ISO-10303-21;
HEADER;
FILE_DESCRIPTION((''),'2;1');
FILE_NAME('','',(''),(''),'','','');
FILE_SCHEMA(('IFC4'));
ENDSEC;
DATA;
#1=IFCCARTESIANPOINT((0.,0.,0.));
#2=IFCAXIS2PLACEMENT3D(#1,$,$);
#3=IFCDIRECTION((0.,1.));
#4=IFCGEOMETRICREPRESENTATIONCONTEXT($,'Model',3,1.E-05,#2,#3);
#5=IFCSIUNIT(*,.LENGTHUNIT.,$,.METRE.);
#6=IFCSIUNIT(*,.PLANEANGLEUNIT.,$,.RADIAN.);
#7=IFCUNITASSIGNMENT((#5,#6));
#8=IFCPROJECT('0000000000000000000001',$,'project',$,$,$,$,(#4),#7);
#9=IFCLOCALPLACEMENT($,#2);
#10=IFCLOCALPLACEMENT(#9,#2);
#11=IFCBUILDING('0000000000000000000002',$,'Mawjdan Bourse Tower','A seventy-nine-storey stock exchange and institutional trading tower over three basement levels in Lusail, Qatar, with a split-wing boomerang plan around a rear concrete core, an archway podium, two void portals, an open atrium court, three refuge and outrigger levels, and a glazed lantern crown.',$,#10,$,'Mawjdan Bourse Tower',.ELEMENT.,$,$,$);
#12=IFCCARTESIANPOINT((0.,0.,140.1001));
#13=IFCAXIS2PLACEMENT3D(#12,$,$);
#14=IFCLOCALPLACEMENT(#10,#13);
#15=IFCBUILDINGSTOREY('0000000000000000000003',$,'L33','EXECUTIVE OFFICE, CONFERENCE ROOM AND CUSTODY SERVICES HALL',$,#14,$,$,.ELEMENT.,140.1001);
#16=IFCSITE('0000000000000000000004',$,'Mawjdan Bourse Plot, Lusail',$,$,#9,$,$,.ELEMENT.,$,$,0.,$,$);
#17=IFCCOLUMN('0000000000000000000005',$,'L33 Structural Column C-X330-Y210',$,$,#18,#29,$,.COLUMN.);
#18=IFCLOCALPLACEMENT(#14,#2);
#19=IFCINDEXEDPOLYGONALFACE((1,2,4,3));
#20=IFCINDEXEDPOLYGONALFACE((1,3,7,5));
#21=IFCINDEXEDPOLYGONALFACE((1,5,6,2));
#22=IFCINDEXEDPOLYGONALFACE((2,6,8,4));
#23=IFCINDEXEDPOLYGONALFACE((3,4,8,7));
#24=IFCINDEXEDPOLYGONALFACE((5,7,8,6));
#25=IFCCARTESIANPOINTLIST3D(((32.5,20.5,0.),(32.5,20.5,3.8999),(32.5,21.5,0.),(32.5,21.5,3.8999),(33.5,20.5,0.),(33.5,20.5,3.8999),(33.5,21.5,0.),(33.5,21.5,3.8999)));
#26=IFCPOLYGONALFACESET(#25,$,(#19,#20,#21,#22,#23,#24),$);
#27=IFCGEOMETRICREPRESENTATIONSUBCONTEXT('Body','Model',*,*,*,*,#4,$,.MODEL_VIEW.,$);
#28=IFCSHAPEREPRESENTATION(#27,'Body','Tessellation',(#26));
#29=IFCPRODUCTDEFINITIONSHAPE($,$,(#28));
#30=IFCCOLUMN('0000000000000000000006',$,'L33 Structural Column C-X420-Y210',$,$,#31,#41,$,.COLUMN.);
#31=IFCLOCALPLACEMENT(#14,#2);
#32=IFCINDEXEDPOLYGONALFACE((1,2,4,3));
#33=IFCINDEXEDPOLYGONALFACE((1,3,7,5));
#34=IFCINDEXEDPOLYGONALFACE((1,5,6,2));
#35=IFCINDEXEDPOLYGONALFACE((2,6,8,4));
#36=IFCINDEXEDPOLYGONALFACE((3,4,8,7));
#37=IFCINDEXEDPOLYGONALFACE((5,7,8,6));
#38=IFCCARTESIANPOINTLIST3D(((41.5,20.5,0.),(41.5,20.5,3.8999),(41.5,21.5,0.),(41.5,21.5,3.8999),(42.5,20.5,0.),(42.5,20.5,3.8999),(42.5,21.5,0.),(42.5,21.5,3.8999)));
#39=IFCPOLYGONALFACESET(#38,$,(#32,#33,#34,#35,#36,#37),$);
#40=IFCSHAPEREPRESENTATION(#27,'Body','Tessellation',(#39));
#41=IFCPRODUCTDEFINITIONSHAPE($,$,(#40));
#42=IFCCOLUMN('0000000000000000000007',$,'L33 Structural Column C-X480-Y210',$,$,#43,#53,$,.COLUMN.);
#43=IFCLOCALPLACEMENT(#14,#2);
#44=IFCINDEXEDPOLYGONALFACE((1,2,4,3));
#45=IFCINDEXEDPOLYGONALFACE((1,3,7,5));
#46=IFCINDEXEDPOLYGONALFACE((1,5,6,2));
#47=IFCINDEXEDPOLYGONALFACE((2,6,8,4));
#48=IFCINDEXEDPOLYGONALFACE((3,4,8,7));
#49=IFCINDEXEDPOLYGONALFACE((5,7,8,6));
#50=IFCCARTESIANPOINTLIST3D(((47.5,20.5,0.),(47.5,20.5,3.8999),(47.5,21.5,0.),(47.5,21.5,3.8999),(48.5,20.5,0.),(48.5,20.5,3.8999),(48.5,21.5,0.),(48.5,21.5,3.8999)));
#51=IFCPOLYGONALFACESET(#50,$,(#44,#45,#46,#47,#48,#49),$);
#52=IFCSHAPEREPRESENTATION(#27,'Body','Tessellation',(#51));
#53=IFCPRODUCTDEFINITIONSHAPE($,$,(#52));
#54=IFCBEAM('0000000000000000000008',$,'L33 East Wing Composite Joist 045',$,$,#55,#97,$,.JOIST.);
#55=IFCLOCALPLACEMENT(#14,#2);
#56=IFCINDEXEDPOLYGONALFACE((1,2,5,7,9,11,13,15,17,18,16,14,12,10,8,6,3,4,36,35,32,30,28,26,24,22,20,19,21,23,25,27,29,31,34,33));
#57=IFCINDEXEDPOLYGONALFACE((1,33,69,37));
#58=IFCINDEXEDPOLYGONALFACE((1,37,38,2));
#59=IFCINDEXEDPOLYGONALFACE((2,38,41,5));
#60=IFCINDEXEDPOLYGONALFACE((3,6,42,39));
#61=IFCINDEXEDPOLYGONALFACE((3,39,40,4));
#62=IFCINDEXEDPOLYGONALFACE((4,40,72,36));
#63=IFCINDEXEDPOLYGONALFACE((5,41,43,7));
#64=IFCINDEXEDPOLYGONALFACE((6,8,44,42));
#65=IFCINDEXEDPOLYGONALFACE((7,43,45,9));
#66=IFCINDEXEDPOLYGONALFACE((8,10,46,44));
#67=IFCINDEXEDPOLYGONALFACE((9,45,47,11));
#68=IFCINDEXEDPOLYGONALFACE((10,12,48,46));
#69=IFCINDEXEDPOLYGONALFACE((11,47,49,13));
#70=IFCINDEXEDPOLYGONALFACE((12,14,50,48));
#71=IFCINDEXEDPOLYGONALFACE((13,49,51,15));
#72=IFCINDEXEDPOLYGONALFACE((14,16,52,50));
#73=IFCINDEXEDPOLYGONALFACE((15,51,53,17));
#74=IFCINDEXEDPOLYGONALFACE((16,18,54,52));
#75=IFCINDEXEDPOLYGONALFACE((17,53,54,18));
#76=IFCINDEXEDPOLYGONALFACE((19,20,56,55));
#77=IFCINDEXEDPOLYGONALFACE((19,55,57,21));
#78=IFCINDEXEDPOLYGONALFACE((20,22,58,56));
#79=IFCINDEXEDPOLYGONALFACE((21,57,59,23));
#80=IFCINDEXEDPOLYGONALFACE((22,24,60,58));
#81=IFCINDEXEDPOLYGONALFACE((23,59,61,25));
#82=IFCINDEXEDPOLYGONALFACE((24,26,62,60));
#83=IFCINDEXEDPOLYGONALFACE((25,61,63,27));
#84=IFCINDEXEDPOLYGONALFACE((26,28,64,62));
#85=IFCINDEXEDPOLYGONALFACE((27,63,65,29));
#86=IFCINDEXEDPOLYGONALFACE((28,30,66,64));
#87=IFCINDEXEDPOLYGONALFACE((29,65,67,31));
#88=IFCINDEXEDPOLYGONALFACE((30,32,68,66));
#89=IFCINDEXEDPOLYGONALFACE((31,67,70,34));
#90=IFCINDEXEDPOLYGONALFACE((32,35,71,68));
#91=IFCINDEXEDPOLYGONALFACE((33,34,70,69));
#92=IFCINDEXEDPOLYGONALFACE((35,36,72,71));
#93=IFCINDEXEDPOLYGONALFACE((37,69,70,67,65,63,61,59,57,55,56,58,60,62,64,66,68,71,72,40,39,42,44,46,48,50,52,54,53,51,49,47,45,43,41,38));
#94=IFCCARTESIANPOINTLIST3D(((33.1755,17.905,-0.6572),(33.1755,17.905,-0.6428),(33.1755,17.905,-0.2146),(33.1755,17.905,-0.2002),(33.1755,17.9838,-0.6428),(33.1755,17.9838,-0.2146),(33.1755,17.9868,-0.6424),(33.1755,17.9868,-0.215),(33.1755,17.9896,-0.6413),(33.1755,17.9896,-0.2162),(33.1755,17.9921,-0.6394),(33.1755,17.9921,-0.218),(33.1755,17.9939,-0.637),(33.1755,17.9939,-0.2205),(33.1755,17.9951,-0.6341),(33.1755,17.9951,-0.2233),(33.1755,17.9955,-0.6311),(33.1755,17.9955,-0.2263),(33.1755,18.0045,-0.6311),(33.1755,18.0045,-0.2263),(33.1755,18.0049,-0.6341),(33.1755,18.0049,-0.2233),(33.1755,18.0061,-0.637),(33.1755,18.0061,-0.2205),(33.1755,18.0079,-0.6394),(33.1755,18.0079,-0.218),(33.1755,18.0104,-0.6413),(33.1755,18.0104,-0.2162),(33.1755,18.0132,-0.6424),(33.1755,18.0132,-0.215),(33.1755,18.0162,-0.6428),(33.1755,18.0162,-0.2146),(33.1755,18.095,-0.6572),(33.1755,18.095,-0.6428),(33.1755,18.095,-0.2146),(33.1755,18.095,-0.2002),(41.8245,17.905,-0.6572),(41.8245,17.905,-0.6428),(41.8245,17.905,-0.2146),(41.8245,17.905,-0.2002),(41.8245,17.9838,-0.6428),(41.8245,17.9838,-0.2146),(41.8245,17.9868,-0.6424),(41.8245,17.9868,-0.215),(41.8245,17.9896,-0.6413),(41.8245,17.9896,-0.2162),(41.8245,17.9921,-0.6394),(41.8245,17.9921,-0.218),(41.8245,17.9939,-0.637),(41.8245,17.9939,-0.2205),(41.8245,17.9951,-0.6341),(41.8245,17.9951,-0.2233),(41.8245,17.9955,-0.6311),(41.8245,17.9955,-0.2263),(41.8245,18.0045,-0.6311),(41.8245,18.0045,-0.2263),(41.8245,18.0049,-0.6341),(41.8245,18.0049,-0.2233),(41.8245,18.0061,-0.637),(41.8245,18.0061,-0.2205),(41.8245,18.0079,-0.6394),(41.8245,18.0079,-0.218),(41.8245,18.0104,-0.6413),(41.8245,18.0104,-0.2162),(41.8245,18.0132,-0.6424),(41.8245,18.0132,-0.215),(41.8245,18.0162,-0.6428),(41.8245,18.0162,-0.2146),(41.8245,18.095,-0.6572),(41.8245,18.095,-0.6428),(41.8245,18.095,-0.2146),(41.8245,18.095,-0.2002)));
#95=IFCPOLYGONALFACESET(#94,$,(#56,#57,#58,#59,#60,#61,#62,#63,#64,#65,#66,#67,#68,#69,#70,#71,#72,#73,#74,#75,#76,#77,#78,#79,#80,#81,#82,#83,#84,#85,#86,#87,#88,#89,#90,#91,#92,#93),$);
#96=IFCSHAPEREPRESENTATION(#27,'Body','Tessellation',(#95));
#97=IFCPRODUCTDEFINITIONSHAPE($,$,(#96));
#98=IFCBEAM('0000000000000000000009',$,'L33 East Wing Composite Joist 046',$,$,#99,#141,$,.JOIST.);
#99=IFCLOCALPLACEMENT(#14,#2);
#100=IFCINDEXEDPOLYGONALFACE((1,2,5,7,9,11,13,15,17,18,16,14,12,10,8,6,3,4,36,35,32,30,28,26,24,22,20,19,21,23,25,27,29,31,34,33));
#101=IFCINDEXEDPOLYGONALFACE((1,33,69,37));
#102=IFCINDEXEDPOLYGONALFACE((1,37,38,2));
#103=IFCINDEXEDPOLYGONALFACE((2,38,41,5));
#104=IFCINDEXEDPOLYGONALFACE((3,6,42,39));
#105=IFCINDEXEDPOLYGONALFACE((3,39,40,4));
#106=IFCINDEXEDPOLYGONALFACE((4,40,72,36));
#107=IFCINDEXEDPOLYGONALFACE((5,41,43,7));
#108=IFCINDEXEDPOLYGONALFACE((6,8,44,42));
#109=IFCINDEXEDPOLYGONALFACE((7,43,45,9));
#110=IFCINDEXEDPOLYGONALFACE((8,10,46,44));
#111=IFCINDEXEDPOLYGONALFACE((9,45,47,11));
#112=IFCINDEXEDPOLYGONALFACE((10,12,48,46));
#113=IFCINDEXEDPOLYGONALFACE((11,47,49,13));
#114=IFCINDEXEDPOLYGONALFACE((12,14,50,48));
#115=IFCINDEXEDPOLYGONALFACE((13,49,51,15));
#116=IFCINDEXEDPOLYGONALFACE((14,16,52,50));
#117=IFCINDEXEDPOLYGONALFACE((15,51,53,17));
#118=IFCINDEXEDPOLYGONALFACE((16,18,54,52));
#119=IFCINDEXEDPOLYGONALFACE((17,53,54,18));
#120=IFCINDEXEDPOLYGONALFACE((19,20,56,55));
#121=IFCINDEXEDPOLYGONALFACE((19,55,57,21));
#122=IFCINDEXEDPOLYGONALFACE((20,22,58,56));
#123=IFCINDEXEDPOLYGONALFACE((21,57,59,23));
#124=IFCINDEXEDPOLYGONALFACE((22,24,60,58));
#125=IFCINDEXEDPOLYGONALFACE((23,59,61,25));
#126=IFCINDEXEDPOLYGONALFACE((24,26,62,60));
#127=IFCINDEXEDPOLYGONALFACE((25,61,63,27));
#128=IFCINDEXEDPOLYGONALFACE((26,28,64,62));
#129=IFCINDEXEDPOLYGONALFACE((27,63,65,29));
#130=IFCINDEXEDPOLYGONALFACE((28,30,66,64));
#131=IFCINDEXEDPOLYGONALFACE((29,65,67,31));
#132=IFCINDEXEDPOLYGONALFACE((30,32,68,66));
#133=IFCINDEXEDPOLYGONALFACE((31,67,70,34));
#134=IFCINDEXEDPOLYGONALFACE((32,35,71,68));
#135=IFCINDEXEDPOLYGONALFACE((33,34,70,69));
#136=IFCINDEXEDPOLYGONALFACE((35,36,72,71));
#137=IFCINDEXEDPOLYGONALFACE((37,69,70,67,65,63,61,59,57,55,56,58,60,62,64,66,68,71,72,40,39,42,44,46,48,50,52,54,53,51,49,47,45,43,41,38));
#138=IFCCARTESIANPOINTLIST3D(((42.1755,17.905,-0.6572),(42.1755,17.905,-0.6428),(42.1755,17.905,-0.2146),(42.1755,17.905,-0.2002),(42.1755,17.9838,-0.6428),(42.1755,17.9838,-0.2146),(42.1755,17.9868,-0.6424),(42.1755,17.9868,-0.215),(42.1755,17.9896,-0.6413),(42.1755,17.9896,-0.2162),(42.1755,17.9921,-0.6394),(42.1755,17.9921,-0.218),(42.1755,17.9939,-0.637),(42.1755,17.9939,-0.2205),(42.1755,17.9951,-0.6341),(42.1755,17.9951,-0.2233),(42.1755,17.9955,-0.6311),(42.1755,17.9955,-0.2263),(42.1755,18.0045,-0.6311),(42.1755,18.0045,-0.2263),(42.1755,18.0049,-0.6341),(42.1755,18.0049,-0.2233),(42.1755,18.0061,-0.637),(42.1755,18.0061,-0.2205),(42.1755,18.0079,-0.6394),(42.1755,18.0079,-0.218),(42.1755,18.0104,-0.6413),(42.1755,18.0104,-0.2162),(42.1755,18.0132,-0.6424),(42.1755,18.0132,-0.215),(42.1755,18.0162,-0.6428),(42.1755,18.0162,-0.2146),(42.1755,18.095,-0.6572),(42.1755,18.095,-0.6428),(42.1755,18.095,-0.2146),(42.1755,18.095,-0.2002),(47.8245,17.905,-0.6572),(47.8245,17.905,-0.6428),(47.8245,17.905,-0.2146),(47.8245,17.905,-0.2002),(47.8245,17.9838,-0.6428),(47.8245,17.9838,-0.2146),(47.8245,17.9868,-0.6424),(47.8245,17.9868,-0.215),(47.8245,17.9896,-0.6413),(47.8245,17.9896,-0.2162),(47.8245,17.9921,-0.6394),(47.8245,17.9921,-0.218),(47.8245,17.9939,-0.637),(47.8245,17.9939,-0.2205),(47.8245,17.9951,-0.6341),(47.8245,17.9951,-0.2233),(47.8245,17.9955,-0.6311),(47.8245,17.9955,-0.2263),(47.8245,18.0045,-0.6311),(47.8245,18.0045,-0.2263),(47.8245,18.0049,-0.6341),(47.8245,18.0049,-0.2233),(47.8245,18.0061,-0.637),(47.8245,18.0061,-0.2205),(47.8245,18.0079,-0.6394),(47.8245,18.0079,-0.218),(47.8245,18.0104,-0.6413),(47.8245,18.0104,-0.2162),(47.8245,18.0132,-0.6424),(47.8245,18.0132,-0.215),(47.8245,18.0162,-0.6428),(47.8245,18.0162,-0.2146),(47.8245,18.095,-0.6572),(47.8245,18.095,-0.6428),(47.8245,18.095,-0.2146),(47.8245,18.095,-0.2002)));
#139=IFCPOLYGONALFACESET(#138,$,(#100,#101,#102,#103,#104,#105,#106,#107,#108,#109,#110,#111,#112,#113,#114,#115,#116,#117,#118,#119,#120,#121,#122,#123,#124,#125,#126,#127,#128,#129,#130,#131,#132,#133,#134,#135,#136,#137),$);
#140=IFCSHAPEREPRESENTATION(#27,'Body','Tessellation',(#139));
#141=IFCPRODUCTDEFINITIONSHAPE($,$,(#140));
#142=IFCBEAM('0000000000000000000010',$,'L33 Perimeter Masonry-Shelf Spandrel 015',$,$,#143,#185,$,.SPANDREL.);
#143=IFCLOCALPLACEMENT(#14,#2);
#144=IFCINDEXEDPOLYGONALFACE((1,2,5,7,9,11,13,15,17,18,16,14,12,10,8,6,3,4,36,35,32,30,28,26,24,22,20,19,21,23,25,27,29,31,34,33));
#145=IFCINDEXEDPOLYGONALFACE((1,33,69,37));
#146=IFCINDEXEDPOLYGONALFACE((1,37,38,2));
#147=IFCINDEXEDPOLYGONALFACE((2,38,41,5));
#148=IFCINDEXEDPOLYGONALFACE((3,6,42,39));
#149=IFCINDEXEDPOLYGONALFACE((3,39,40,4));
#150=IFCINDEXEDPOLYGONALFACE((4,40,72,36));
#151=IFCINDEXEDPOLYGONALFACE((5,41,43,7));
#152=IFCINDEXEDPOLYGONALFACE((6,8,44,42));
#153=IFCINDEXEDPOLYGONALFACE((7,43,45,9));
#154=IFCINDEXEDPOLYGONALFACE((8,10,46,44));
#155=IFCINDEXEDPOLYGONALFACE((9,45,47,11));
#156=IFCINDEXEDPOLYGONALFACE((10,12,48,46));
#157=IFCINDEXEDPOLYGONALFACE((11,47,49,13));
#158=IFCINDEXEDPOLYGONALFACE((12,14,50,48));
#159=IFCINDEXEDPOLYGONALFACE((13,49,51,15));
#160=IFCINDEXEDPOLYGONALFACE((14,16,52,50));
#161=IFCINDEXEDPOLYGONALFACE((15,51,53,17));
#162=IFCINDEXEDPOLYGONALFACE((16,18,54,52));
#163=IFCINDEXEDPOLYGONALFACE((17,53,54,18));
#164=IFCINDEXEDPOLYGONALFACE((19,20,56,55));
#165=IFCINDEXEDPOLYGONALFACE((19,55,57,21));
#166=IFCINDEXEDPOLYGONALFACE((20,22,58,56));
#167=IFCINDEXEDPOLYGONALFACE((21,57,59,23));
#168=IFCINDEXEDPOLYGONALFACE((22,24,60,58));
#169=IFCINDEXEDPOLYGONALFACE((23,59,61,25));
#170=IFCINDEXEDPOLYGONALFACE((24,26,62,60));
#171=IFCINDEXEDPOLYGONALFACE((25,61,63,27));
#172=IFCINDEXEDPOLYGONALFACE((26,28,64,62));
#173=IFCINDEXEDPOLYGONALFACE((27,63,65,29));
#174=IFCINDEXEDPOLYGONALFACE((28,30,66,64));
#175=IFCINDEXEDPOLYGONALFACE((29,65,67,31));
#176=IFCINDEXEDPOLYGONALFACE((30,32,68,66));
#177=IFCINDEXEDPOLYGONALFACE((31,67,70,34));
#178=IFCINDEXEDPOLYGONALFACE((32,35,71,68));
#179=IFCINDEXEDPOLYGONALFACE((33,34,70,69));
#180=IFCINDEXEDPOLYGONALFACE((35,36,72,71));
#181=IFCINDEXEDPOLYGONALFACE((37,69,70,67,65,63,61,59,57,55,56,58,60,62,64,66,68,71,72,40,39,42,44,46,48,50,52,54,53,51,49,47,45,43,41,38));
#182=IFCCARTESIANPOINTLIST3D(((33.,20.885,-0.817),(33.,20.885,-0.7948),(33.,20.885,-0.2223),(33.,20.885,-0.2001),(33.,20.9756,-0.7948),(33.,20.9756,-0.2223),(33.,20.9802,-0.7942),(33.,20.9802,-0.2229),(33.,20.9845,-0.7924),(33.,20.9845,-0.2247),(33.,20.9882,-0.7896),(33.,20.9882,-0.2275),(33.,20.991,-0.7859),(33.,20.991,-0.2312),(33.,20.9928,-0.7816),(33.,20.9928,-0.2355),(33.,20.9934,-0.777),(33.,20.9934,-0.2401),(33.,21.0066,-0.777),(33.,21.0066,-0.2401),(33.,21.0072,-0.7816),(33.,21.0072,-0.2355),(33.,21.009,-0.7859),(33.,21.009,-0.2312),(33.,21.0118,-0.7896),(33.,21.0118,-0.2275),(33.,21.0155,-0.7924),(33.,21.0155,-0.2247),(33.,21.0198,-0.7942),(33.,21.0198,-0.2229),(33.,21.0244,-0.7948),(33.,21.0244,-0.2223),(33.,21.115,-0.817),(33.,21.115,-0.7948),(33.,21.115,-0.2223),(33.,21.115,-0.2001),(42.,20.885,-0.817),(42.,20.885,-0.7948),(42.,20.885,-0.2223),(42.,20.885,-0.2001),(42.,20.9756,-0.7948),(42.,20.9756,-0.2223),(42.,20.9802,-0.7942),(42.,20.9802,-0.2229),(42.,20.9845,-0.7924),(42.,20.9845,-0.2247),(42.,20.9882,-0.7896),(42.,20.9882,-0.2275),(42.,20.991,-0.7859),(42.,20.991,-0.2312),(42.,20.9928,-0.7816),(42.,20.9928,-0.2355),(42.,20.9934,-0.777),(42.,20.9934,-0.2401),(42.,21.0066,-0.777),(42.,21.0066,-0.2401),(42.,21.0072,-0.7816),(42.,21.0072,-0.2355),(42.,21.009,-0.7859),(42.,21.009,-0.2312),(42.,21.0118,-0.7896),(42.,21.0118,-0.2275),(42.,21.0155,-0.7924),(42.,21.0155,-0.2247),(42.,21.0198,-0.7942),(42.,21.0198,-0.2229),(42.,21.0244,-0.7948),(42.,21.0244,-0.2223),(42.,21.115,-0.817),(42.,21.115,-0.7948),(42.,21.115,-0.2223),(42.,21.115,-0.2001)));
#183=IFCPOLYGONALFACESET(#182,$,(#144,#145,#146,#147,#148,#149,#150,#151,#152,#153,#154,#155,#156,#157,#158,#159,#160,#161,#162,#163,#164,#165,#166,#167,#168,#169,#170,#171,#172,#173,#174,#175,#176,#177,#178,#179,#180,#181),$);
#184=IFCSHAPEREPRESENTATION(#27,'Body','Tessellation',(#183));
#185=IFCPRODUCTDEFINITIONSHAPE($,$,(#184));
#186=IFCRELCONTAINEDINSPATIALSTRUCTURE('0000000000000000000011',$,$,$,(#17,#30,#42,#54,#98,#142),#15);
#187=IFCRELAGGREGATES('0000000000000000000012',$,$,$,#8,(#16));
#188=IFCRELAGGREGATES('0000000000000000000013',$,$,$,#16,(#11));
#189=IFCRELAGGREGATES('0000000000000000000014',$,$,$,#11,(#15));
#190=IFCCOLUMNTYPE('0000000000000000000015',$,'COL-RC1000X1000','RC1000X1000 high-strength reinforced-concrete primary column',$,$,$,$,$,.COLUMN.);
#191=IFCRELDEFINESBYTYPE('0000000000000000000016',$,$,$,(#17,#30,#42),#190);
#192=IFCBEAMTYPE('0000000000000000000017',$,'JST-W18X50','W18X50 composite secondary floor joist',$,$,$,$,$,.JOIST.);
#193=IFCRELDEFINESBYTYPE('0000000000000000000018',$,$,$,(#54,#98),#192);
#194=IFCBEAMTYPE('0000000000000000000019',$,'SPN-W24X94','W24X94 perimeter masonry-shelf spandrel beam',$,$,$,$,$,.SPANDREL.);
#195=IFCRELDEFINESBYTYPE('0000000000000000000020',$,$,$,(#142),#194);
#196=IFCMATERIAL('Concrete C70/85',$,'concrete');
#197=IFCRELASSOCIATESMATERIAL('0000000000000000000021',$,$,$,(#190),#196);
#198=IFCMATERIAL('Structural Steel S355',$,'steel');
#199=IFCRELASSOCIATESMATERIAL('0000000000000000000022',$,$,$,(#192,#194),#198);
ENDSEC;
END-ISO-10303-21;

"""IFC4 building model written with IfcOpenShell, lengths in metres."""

from ifc_helpers import new_model, si_unit, direction, frame, origin, origin_2d, place, context, subcontext, project, spatial, rectangle, i_section, extrude, material, material_profile, profile_set, type_object, element, save


model = new_model("IFC4")

# Units and contexts
model_context = context("Model", 3, precision=1e-05, world=origin(), true_north=direction((0.0, 1.0)))
body_context = subcontext(model_context, "Body", "Model", "MODEL_VIEW")
ifc_project = project(units=[si_unit("LENGTHUNIT", "METRE"), si_unit("PLANEANGLEUNIT", "RADIAN")], contexts=[model_context])

# Site, building, storey
site_placement = place(None, origin())
site = spatial("IfcSite", under=ifc_project, at=site_placement, Name="Mawjdan Bourse Plot, Lusail", CompositionType="ELEMENT", RefElevation=0.0)
building_placement = place(site_placement, origin())
building = spatial("IfcBuilding", under=site, at=building_placement, Name="Mawjdan Bourse Tower", Description="A seventy-nine-storey stock exchange and institutional trading tower over three basement levels in Lusail, Qatar, with a split-wing boomerang plan around a rear concrete core, an archway podium, two void portals, an open atrium court, three refuge and outrigger levels, and a glazed lantern crown.", LongName="Mawjdan Bourse Tower", CompositionType="ELEMENT")
storey_placement = place(building_placement, frame((0.0, 0.0, 140.1001)))
storey = spatial("IfcBuildingStorey", under=building, at=storey_placement, Name="L33", Description="EXECUTIVE OFFICE, CONFERENCE ROOM AND CUSTODY SERVICES HALL", CompositionType="ELEMENT", Elevation=140.1001)

# Columns
ifc_material_1 = material(Name="Concrete C70/85", Category="concrete")
ifc_material_profile_1 = material_profile(ifc_material_1, rectangle(XDim=1.0, YDim=1.0, at=origin_2d()), Name="RC1000X1000")
ifc_profile_set_1 = profile_set([ifc_material_profile_1], Name="Concrete C70/85")
column_type = type_object("IfcColumnType", Name="COL-RC1000X1000", Description="RC1000X1000 high-strength reinforced-concrete primary column", PredefinedType="COLUMN", material=ifc_profile_set_1)
for number, where, z_axis, x_axis, name in (
    (1, (33.0, 21.0, 0.0), (0.0, 0.0, 1.0), (1.0, 0.0, 0.0), "L33 Structural Column C-X330-Y210"),
    (2, (42.0, 21.0, 0.0), (0.0, 0.0, 1.0), (1.0, 0.0, 0.0), "L33 Structural Column C-X420-Y210"),
    (3, (48.0, 21.0, 0.0), (0.0, 0.0, 1.0), (1.0, 0.0, 0.0), "L33 Structural Column C-X480-Y210"),
):
    element("IfcColumn", number, at=place(storey_placement, frame(where, z_axis=z_axis, x_axis=x_axis)), inside=storey, type_object=column_type, Name=name, PredefinedType="COLUMN", context=body_context, shape_type="SweptSolid", body=[
        extrude(rectangle(XDim=1.0, YDim=1.0, at=origin_2d()), origin(), (0.0, 0.0, 1.0), 3.8999),
    ])

# Beams
ifc_material_2 = material(Name="Structural Steel S355", Category="steel")
ifc_material_profile_2 = material_profile(ifc_material_2, i_section(OverallWidth=0.1899, OverallDepth=0.457, WebThickness=0.009, FlangeThickness=0.0144, FilletRadius=0.0117, at=origin_2d()), Name="W18X50")
ifc_profile_set_2 = profile_set([ifc_material_profile_2], Name="Structural Steel S355")
beam_type_1 = type_object("IfcBeamType", Name="JST-W18X50", Description="W18X50 composite secondary floor joist", PredefinedType="JOIST", material=ifc_profile_set_2)
beam_1_placement = place(storey_placement, frame((33.1755, 18.0, -0.4287), z_axis=(1.0, 0.0, 0.0), x_axis=(0.0, 1.0, 0.0)))
element("IfcBeam", 4, at=beam_1_placement, inside=storey, type_object=beam_type_1, Name="L33 East Wing Composite Joist 045", PredefinedType="JOIST", context=body_context, shape_type="SweptSolid", body=[
    extrude(i_section(OverallWidth=0.1899, OverallDepth=0.457, WebThickness=0.009, FlangeThickness=0.0144, FilletRadius=0.0117, at=origin_2d()), origin(), (0.0, 0.0, 1.0), 8.6489),
])
beam_2_placement = place(storey_placement, frame((42.1755, 18.0, -0.4287), z_axis=(1.0, 0.0, 0.0), x_axis=(0.0, 1.0, 0.0)))
element("IfcBeam", 5, at=beam_2_placement, inside=storey, type_object=beam_type_1, Name="L33 East Wing Composite Joist 046", PredefinedType="JOIST", context=body_context, shape_type="SweptSolid", body=[
    extrude(i_section(OverallWidth=0.1899, OverallDepth=0.457, WebThickness=0.009, FlangeThickness=0.0144, FilletRadius=0.0117, at=origin_2d()), origin(), (0.0, 0.0, 1.0), 5.6489),
])
ifc_material_profile_3 = material_profile(ifc_material_2, i_section(OverallWidth=0.23, OverallDepth=0.6169, WebThickness=0.0132, FlangeThickness=0.0222, FilletRadius=0.0178, at=origin_2d()), Name="W24X94")
ifc_profile_set_3 = profile_set([ifc_material_profile_3], Name="Structural Steel S355")
beam_type_2 = type_object("IfcBeamType", Name="SPN-W24X94", Description="W24X94 perimeter masonry-shelf spandrel beam", PredefinedType="SPANDREL", material=ifc_profile_set_3)
beam_3_placement = place(storey_placement, frame((33.0, 21.0, -0.5085), z_axis=(1.0, 0.0, 0.0), x_axis=(0.0, 1.0, 0.0)))
element("IfcBeam", 6, at=beam_3_placement, inside=storey, type_object=beam_type_2, Name="L33 Perimeter Masonry-Shelf Spandrel 015", PredefinedType="SPANDREL", context=body_context, shape_type="SweptSolid", body=[
    extrude(i_section(OverallWidth=0.23, OverallDepth=0.6169, WebThickness=0.0132, FlangeThickness=0.0222, FilletRadius=0.0178, at=origin_2d()), origin(), (0.0, 0.0, 1.0), 9.0),
])

save(model, "model.ifc")
